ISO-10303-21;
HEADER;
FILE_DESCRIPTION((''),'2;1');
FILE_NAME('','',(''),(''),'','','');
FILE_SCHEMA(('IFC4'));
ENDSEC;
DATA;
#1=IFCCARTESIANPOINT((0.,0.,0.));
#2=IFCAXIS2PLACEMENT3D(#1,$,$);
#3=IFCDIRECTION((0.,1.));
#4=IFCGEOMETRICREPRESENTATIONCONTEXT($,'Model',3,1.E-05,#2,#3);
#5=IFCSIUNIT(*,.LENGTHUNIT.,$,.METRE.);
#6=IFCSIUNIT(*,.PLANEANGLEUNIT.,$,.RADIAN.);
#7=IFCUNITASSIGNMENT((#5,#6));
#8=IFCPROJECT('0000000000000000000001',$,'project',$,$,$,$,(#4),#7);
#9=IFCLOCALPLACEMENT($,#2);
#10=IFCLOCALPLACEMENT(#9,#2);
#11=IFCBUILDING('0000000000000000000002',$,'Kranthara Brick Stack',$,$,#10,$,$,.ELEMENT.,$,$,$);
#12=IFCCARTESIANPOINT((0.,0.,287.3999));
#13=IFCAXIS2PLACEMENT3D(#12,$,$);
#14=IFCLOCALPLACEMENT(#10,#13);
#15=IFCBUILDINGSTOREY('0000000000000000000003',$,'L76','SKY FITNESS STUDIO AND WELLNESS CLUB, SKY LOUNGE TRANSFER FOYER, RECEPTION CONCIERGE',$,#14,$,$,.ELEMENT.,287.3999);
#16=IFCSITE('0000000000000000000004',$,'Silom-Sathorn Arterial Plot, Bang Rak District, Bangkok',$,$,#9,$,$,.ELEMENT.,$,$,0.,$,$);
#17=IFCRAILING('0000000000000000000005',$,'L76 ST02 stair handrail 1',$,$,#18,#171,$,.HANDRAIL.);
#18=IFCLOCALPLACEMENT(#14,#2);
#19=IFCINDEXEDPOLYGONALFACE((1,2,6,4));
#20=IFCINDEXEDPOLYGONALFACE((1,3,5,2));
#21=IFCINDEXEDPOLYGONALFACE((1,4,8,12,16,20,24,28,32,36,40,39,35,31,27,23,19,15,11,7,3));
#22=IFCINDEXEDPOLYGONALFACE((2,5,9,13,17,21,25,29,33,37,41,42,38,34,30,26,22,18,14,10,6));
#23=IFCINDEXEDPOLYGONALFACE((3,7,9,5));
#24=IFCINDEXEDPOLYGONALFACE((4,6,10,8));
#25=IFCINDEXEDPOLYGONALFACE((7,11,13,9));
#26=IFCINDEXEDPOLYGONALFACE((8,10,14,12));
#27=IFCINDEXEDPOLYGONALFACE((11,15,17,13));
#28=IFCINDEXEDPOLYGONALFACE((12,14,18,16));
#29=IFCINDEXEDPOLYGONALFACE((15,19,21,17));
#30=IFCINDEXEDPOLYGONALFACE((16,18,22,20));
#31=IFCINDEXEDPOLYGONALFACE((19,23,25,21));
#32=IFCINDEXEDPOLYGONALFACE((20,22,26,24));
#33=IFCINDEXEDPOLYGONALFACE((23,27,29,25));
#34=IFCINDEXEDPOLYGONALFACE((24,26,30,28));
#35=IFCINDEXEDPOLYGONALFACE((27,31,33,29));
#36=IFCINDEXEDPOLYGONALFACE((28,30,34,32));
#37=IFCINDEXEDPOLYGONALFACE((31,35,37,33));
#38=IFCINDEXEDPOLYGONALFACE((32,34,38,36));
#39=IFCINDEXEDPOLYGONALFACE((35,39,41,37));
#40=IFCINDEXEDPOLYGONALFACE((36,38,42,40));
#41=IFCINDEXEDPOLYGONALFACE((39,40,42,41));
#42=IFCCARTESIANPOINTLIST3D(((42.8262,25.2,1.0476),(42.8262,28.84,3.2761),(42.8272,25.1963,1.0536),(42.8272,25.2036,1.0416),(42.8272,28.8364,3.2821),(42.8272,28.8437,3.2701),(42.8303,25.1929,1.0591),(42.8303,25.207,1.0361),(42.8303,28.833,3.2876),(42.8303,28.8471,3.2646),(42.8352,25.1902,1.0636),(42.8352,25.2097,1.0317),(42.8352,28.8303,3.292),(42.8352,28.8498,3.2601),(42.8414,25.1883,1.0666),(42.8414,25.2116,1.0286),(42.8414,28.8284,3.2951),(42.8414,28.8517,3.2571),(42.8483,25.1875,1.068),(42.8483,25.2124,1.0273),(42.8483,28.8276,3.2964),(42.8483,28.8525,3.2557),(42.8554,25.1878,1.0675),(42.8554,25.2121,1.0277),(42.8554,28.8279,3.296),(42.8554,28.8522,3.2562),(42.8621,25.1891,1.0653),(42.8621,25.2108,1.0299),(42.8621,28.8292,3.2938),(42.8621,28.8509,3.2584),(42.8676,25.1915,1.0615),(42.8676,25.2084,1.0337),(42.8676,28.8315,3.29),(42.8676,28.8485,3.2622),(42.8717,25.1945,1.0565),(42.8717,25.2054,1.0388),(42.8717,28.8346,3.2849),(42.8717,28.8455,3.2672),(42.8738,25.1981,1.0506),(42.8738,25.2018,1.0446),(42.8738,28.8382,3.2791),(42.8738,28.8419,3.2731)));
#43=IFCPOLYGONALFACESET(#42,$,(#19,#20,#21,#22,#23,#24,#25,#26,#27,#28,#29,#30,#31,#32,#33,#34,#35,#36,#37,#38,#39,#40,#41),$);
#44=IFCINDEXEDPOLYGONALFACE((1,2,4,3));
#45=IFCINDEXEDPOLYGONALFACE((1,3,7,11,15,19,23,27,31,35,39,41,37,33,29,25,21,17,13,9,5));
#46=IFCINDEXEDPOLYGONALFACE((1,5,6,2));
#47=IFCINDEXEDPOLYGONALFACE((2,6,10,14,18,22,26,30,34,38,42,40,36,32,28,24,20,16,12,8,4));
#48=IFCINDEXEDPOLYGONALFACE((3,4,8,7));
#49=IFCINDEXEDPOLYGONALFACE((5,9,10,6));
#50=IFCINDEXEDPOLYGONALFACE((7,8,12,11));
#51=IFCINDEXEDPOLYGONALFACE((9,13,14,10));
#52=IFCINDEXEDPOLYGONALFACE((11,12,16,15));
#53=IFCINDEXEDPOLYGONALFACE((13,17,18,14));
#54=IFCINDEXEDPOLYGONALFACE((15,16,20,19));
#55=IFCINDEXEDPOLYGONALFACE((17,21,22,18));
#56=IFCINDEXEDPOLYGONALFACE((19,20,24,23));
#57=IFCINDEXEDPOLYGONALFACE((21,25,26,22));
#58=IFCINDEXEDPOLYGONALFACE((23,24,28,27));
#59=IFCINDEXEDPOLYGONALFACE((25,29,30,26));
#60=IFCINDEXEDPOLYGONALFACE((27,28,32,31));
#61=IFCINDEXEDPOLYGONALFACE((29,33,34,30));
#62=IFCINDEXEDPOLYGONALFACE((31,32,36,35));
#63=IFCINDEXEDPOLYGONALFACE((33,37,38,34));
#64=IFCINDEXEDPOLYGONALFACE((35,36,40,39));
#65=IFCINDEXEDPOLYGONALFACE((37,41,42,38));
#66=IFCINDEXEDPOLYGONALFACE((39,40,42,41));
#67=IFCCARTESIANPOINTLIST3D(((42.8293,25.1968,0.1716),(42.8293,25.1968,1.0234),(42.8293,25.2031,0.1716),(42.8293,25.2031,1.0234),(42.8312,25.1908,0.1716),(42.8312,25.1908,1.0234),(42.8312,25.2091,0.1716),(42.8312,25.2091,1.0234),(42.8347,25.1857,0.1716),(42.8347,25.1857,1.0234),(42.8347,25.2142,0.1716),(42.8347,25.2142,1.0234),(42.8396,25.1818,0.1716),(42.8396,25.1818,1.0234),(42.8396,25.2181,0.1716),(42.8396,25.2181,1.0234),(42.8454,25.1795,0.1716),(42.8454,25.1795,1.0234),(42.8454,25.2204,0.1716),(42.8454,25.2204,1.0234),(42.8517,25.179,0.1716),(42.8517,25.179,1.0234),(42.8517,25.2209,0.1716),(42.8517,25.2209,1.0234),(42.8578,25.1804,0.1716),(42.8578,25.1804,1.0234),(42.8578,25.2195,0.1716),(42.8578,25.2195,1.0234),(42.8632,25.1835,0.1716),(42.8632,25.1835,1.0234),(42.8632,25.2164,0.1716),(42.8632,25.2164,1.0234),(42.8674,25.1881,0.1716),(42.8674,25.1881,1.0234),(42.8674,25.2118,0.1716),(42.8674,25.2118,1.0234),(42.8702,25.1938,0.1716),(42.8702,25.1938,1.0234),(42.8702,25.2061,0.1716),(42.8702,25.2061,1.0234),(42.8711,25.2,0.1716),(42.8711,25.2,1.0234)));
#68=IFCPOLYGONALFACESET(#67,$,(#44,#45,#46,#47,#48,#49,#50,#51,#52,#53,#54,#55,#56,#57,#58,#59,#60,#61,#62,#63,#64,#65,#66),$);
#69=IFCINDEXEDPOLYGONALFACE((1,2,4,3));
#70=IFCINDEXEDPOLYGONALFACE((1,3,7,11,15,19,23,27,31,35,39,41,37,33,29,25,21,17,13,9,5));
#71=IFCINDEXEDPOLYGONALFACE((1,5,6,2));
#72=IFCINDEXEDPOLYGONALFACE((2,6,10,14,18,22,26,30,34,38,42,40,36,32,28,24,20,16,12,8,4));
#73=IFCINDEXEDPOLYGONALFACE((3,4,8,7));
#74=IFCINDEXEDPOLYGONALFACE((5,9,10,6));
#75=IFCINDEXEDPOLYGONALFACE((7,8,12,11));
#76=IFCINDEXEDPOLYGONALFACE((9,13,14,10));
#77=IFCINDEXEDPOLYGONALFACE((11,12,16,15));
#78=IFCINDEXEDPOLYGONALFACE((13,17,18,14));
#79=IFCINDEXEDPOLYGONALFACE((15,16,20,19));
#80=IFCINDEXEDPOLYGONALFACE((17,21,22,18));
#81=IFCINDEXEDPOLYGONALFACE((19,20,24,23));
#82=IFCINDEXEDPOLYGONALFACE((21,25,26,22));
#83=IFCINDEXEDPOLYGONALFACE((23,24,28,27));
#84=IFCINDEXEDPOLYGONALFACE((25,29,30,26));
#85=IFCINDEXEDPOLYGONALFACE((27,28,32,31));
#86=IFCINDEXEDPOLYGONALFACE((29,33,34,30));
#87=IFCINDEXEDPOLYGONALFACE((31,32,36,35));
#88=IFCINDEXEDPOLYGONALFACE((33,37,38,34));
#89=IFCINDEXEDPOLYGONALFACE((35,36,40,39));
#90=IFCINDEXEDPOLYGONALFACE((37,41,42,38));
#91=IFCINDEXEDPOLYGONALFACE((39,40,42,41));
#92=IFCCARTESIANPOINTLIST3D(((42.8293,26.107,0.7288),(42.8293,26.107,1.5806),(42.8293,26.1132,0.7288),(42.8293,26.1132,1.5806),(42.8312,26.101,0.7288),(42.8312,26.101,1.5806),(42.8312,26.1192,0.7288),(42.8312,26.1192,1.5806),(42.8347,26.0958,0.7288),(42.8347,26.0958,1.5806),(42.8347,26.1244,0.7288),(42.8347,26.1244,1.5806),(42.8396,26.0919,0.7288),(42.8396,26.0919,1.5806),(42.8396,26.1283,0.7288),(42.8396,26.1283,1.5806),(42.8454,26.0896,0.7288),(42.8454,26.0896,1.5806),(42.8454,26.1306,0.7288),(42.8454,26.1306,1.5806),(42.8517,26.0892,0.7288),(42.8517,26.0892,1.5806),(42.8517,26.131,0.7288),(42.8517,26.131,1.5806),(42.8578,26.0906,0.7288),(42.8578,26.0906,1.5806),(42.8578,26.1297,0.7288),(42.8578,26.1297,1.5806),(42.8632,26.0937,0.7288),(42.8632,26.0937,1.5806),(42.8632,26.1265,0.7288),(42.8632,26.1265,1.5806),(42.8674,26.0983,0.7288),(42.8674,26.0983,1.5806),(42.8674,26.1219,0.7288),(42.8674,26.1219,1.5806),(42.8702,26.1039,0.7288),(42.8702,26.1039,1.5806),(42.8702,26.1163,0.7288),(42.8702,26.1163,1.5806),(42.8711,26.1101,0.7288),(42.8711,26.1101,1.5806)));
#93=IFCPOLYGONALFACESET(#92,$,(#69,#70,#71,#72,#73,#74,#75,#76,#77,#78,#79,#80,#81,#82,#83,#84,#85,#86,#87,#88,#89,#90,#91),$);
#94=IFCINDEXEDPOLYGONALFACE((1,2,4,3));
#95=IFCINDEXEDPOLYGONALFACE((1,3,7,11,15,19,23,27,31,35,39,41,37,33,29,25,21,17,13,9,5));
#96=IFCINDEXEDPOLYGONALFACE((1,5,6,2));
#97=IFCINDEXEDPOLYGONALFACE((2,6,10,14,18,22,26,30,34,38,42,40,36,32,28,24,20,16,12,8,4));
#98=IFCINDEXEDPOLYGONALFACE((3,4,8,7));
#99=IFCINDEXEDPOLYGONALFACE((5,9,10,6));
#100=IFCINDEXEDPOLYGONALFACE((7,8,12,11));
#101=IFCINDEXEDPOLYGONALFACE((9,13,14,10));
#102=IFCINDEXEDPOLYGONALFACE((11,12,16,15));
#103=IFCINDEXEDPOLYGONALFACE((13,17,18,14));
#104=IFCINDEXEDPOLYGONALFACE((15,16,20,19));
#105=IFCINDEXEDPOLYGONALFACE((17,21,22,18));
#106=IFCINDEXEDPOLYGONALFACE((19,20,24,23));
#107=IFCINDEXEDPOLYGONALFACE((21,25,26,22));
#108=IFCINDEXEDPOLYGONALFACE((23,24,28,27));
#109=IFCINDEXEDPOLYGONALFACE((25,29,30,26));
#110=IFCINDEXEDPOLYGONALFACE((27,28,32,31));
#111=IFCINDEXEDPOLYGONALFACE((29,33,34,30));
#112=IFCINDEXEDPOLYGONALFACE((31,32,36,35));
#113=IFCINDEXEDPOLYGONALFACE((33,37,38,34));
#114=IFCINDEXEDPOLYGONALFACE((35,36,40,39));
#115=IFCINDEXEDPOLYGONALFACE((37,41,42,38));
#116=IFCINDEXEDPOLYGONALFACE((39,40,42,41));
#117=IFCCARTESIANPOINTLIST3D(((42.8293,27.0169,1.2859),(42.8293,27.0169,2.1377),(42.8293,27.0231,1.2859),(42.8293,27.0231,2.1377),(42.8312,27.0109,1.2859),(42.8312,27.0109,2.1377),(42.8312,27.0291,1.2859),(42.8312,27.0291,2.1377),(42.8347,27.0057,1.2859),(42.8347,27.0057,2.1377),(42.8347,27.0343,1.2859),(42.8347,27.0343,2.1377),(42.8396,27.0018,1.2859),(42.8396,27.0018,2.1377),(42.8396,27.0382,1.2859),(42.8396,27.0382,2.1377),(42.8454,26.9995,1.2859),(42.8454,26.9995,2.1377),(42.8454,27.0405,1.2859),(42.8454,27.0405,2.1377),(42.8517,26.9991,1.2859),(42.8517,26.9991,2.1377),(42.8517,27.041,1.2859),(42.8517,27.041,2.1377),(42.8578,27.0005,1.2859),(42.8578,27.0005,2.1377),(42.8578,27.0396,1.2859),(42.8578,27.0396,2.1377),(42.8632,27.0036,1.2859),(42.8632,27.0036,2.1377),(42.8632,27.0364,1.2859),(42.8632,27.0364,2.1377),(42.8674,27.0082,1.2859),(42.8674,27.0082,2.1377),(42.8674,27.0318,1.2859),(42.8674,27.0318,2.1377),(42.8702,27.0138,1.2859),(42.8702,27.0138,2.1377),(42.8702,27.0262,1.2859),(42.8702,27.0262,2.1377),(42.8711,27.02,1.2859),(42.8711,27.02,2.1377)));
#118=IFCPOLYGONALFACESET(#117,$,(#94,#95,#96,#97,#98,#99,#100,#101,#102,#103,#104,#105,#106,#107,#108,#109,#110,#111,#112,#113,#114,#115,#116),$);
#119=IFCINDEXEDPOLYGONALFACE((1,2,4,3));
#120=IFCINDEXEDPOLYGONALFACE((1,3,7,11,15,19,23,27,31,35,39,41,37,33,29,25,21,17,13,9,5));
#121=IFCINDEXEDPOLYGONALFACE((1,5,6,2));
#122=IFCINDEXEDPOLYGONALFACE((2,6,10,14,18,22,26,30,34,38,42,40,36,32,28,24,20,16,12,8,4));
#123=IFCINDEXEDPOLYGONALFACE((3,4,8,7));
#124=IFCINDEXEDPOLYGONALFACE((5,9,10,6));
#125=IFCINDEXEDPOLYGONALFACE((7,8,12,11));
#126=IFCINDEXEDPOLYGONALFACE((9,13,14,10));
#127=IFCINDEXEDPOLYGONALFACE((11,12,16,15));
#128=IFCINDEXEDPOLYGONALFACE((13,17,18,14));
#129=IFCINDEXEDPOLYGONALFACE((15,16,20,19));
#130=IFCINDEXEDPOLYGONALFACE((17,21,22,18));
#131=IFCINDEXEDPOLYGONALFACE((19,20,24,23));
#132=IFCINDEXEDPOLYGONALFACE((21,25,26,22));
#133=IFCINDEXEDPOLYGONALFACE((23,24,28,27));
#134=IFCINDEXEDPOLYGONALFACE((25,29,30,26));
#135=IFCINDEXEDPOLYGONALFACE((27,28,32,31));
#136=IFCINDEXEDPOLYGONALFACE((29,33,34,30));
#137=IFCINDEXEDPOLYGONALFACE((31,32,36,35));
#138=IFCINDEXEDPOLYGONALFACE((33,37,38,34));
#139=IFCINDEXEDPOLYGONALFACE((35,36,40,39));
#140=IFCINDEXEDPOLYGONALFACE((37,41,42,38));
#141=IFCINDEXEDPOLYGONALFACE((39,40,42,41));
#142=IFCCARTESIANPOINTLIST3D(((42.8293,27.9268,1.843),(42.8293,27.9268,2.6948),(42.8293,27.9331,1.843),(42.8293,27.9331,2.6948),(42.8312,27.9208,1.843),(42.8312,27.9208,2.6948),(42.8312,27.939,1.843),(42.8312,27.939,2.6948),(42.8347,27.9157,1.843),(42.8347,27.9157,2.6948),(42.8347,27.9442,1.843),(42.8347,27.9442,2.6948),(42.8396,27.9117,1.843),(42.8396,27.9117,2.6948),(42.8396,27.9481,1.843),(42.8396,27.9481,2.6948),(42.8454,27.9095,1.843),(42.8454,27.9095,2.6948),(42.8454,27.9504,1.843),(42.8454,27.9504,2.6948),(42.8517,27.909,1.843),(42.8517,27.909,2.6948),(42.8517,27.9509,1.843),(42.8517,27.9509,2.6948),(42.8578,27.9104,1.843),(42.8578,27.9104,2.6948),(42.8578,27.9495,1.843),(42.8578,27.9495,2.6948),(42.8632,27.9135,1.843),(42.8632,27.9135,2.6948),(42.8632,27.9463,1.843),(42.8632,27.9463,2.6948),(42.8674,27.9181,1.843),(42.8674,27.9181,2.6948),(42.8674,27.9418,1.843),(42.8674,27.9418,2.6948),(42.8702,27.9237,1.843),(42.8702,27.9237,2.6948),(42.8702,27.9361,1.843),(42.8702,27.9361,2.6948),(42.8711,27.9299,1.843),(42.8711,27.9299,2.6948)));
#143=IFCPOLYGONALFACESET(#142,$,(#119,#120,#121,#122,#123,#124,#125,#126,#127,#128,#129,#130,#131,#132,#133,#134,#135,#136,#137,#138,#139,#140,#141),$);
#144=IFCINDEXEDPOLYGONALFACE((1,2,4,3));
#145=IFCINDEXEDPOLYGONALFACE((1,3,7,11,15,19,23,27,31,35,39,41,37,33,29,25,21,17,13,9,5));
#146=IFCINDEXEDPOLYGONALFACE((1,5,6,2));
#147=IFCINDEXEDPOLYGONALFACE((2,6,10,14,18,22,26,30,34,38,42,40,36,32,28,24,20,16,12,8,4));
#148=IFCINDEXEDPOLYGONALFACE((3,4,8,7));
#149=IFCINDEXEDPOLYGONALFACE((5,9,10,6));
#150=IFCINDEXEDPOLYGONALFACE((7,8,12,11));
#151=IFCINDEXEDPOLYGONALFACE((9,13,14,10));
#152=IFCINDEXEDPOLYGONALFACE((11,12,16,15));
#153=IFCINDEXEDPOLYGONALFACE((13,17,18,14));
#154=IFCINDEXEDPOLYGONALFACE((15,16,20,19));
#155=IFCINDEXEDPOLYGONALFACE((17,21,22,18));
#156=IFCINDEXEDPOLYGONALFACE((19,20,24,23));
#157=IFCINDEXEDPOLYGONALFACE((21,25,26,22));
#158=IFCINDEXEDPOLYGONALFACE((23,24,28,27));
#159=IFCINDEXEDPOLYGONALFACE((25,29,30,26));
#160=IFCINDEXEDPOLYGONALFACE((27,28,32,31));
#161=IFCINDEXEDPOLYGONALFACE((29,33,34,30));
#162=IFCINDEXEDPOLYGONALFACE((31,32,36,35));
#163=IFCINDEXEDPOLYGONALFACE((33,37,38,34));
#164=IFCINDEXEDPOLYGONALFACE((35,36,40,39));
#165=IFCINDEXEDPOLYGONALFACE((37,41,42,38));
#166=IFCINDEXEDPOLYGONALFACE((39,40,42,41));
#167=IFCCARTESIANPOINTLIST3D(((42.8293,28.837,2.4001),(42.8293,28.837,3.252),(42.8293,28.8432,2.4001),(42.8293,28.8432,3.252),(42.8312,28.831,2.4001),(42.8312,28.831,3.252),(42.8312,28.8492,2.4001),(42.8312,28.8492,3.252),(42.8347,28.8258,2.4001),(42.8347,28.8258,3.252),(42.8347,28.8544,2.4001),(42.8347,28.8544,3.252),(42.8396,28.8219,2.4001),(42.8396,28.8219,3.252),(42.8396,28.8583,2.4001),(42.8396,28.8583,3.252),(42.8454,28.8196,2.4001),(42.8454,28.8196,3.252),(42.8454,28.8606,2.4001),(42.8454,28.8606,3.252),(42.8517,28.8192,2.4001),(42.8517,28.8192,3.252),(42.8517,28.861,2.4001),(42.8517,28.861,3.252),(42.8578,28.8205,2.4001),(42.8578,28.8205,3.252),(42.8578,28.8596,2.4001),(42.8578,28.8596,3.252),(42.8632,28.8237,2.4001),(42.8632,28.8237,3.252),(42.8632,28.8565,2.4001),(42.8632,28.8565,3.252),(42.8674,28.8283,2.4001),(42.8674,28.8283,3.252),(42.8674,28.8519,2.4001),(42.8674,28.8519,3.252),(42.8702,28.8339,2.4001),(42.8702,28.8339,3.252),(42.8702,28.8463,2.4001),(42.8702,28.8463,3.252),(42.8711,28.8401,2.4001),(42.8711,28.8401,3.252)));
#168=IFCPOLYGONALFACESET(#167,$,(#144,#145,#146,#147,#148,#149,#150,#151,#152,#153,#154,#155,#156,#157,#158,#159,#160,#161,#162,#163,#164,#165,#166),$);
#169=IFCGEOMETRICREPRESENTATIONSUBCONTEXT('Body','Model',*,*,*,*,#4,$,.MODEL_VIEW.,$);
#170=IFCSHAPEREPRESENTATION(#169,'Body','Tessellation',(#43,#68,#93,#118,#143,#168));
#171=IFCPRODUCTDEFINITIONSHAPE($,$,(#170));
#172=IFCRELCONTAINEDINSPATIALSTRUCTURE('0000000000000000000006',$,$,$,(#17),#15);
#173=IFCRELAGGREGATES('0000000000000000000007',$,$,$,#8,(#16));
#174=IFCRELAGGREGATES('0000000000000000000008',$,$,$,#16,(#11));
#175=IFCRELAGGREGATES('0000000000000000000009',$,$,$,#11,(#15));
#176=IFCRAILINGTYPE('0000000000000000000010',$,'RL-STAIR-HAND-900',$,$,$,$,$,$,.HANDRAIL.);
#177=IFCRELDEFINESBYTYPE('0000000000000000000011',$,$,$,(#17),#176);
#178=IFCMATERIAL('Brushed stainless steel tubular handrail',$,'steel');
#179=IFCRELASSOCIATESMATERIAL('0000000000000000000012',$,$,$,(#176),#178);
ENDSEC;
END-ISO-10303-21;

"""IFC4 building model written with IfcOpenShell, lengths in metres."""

from ifc_helpers import new_model, si_unit, direction, frame, origin, origin_2d, place, context, subcontext, project, spatial, circle, extrude, material, type_object, element, save


model = new_model("IFC4")

# Units and contexts
model_context = context("Model", 3, precision=1e-05, world=origin(), true_north=direction((0.0, 1.0)))
body_context = subcontext(model_context, "Body", "Model", "MODEL_VIEW")
ifc_project = project(units=[si_unit("LENGTHUNIT", "METRE"), si_unit("PLANEANGLEUNIT", "RADIAN")], contexts=[model_context])

# Site, building, storey
site_placement = place(None, origin())
site = spatial("IfcSite", under=ifc_project, at=site_placement, Name="Silom-Sathorn Arterial Plot, Bang Rak District, Bangkok", CompositionType="ELEMENT", RefElevation=0.0)
building_placement = place(site_placement, origin())
building = spatial("IfcBuilding", under=site, at=building_placement, Name="Kranthara Brick Stack", CompositionType="ELEMENT")
storey_placement = place(building_placement, frame((0.0, 0.0, 287.3999)))
storey = spatial("IfcBuildingStorey", under=building, at=storey_placement, Name="L76", Description="SKY FITNESS STUDIO AND WELLNESS CLUB, SKY LOUNGE TRANSFER FOYER, RECEPTION CONCIERGE", CompositionType="ELEMENT", Elevation=287.3999)

# Railing
ifc_material_1 = material(Name="Brushed stainless steel tubular handrail", Category="steel")
railing_type_1 = type_object("IfcRailingType", Name="RL-STAIR-HAND-900", PredefinedType="HANDRAIL", material=ifc_material_1)
railing_1_placement = place(storey_placement, frame((42.8501, 25.2, 0.1716)))
element("IfcRailing", 1, at=railing_1_placement, inside=storey, type_object=railing_type_1, Name="L76 ST02 stair handrail 1", PredefinedType="HANDRAIL", context=body_context, shape_type="SweptSolid", body=[
    extrude(circle(Radius=0.0239, at=origin_2d()), frame((0.0, 0.0, 0.876), z_axis=(0.0, 0.852866, 0.52213), x_axis=(-1.0, 0.0, 0.0)), (0.0, 0.0, 1.0), 4.2681),
    extrude(circle(Radius=0.021, at=origin_2d()), origin(), (0.0, 0.0, 1.0), 0.8518),
    extrude(circle(Radius=0.021, at=origin_2d()), frame((0.0, 0.9102, 0.5571)), (0.0, 0.0, 1.0), 0.8518),
    extrude(circle(Radius=0.021, at=origin_2d()), frame((0.0, 1.8201, 1.1143)), (0.0, 0.0, 1.0), 0.8518),
    extrude(circle(Radius=0.021, at=origin_2d()), frame((0.0, 2.73, 1.6714)), (0.0, 0.0, 1.0), 0.8518),
    extrude(circle(Radius=0.021, at=origin_2d()), frame((0.0, 3.6401, 2.2285)), (0.0, 0.0, 1.0), 0.8518),
])

save(model, "model.ifc")
